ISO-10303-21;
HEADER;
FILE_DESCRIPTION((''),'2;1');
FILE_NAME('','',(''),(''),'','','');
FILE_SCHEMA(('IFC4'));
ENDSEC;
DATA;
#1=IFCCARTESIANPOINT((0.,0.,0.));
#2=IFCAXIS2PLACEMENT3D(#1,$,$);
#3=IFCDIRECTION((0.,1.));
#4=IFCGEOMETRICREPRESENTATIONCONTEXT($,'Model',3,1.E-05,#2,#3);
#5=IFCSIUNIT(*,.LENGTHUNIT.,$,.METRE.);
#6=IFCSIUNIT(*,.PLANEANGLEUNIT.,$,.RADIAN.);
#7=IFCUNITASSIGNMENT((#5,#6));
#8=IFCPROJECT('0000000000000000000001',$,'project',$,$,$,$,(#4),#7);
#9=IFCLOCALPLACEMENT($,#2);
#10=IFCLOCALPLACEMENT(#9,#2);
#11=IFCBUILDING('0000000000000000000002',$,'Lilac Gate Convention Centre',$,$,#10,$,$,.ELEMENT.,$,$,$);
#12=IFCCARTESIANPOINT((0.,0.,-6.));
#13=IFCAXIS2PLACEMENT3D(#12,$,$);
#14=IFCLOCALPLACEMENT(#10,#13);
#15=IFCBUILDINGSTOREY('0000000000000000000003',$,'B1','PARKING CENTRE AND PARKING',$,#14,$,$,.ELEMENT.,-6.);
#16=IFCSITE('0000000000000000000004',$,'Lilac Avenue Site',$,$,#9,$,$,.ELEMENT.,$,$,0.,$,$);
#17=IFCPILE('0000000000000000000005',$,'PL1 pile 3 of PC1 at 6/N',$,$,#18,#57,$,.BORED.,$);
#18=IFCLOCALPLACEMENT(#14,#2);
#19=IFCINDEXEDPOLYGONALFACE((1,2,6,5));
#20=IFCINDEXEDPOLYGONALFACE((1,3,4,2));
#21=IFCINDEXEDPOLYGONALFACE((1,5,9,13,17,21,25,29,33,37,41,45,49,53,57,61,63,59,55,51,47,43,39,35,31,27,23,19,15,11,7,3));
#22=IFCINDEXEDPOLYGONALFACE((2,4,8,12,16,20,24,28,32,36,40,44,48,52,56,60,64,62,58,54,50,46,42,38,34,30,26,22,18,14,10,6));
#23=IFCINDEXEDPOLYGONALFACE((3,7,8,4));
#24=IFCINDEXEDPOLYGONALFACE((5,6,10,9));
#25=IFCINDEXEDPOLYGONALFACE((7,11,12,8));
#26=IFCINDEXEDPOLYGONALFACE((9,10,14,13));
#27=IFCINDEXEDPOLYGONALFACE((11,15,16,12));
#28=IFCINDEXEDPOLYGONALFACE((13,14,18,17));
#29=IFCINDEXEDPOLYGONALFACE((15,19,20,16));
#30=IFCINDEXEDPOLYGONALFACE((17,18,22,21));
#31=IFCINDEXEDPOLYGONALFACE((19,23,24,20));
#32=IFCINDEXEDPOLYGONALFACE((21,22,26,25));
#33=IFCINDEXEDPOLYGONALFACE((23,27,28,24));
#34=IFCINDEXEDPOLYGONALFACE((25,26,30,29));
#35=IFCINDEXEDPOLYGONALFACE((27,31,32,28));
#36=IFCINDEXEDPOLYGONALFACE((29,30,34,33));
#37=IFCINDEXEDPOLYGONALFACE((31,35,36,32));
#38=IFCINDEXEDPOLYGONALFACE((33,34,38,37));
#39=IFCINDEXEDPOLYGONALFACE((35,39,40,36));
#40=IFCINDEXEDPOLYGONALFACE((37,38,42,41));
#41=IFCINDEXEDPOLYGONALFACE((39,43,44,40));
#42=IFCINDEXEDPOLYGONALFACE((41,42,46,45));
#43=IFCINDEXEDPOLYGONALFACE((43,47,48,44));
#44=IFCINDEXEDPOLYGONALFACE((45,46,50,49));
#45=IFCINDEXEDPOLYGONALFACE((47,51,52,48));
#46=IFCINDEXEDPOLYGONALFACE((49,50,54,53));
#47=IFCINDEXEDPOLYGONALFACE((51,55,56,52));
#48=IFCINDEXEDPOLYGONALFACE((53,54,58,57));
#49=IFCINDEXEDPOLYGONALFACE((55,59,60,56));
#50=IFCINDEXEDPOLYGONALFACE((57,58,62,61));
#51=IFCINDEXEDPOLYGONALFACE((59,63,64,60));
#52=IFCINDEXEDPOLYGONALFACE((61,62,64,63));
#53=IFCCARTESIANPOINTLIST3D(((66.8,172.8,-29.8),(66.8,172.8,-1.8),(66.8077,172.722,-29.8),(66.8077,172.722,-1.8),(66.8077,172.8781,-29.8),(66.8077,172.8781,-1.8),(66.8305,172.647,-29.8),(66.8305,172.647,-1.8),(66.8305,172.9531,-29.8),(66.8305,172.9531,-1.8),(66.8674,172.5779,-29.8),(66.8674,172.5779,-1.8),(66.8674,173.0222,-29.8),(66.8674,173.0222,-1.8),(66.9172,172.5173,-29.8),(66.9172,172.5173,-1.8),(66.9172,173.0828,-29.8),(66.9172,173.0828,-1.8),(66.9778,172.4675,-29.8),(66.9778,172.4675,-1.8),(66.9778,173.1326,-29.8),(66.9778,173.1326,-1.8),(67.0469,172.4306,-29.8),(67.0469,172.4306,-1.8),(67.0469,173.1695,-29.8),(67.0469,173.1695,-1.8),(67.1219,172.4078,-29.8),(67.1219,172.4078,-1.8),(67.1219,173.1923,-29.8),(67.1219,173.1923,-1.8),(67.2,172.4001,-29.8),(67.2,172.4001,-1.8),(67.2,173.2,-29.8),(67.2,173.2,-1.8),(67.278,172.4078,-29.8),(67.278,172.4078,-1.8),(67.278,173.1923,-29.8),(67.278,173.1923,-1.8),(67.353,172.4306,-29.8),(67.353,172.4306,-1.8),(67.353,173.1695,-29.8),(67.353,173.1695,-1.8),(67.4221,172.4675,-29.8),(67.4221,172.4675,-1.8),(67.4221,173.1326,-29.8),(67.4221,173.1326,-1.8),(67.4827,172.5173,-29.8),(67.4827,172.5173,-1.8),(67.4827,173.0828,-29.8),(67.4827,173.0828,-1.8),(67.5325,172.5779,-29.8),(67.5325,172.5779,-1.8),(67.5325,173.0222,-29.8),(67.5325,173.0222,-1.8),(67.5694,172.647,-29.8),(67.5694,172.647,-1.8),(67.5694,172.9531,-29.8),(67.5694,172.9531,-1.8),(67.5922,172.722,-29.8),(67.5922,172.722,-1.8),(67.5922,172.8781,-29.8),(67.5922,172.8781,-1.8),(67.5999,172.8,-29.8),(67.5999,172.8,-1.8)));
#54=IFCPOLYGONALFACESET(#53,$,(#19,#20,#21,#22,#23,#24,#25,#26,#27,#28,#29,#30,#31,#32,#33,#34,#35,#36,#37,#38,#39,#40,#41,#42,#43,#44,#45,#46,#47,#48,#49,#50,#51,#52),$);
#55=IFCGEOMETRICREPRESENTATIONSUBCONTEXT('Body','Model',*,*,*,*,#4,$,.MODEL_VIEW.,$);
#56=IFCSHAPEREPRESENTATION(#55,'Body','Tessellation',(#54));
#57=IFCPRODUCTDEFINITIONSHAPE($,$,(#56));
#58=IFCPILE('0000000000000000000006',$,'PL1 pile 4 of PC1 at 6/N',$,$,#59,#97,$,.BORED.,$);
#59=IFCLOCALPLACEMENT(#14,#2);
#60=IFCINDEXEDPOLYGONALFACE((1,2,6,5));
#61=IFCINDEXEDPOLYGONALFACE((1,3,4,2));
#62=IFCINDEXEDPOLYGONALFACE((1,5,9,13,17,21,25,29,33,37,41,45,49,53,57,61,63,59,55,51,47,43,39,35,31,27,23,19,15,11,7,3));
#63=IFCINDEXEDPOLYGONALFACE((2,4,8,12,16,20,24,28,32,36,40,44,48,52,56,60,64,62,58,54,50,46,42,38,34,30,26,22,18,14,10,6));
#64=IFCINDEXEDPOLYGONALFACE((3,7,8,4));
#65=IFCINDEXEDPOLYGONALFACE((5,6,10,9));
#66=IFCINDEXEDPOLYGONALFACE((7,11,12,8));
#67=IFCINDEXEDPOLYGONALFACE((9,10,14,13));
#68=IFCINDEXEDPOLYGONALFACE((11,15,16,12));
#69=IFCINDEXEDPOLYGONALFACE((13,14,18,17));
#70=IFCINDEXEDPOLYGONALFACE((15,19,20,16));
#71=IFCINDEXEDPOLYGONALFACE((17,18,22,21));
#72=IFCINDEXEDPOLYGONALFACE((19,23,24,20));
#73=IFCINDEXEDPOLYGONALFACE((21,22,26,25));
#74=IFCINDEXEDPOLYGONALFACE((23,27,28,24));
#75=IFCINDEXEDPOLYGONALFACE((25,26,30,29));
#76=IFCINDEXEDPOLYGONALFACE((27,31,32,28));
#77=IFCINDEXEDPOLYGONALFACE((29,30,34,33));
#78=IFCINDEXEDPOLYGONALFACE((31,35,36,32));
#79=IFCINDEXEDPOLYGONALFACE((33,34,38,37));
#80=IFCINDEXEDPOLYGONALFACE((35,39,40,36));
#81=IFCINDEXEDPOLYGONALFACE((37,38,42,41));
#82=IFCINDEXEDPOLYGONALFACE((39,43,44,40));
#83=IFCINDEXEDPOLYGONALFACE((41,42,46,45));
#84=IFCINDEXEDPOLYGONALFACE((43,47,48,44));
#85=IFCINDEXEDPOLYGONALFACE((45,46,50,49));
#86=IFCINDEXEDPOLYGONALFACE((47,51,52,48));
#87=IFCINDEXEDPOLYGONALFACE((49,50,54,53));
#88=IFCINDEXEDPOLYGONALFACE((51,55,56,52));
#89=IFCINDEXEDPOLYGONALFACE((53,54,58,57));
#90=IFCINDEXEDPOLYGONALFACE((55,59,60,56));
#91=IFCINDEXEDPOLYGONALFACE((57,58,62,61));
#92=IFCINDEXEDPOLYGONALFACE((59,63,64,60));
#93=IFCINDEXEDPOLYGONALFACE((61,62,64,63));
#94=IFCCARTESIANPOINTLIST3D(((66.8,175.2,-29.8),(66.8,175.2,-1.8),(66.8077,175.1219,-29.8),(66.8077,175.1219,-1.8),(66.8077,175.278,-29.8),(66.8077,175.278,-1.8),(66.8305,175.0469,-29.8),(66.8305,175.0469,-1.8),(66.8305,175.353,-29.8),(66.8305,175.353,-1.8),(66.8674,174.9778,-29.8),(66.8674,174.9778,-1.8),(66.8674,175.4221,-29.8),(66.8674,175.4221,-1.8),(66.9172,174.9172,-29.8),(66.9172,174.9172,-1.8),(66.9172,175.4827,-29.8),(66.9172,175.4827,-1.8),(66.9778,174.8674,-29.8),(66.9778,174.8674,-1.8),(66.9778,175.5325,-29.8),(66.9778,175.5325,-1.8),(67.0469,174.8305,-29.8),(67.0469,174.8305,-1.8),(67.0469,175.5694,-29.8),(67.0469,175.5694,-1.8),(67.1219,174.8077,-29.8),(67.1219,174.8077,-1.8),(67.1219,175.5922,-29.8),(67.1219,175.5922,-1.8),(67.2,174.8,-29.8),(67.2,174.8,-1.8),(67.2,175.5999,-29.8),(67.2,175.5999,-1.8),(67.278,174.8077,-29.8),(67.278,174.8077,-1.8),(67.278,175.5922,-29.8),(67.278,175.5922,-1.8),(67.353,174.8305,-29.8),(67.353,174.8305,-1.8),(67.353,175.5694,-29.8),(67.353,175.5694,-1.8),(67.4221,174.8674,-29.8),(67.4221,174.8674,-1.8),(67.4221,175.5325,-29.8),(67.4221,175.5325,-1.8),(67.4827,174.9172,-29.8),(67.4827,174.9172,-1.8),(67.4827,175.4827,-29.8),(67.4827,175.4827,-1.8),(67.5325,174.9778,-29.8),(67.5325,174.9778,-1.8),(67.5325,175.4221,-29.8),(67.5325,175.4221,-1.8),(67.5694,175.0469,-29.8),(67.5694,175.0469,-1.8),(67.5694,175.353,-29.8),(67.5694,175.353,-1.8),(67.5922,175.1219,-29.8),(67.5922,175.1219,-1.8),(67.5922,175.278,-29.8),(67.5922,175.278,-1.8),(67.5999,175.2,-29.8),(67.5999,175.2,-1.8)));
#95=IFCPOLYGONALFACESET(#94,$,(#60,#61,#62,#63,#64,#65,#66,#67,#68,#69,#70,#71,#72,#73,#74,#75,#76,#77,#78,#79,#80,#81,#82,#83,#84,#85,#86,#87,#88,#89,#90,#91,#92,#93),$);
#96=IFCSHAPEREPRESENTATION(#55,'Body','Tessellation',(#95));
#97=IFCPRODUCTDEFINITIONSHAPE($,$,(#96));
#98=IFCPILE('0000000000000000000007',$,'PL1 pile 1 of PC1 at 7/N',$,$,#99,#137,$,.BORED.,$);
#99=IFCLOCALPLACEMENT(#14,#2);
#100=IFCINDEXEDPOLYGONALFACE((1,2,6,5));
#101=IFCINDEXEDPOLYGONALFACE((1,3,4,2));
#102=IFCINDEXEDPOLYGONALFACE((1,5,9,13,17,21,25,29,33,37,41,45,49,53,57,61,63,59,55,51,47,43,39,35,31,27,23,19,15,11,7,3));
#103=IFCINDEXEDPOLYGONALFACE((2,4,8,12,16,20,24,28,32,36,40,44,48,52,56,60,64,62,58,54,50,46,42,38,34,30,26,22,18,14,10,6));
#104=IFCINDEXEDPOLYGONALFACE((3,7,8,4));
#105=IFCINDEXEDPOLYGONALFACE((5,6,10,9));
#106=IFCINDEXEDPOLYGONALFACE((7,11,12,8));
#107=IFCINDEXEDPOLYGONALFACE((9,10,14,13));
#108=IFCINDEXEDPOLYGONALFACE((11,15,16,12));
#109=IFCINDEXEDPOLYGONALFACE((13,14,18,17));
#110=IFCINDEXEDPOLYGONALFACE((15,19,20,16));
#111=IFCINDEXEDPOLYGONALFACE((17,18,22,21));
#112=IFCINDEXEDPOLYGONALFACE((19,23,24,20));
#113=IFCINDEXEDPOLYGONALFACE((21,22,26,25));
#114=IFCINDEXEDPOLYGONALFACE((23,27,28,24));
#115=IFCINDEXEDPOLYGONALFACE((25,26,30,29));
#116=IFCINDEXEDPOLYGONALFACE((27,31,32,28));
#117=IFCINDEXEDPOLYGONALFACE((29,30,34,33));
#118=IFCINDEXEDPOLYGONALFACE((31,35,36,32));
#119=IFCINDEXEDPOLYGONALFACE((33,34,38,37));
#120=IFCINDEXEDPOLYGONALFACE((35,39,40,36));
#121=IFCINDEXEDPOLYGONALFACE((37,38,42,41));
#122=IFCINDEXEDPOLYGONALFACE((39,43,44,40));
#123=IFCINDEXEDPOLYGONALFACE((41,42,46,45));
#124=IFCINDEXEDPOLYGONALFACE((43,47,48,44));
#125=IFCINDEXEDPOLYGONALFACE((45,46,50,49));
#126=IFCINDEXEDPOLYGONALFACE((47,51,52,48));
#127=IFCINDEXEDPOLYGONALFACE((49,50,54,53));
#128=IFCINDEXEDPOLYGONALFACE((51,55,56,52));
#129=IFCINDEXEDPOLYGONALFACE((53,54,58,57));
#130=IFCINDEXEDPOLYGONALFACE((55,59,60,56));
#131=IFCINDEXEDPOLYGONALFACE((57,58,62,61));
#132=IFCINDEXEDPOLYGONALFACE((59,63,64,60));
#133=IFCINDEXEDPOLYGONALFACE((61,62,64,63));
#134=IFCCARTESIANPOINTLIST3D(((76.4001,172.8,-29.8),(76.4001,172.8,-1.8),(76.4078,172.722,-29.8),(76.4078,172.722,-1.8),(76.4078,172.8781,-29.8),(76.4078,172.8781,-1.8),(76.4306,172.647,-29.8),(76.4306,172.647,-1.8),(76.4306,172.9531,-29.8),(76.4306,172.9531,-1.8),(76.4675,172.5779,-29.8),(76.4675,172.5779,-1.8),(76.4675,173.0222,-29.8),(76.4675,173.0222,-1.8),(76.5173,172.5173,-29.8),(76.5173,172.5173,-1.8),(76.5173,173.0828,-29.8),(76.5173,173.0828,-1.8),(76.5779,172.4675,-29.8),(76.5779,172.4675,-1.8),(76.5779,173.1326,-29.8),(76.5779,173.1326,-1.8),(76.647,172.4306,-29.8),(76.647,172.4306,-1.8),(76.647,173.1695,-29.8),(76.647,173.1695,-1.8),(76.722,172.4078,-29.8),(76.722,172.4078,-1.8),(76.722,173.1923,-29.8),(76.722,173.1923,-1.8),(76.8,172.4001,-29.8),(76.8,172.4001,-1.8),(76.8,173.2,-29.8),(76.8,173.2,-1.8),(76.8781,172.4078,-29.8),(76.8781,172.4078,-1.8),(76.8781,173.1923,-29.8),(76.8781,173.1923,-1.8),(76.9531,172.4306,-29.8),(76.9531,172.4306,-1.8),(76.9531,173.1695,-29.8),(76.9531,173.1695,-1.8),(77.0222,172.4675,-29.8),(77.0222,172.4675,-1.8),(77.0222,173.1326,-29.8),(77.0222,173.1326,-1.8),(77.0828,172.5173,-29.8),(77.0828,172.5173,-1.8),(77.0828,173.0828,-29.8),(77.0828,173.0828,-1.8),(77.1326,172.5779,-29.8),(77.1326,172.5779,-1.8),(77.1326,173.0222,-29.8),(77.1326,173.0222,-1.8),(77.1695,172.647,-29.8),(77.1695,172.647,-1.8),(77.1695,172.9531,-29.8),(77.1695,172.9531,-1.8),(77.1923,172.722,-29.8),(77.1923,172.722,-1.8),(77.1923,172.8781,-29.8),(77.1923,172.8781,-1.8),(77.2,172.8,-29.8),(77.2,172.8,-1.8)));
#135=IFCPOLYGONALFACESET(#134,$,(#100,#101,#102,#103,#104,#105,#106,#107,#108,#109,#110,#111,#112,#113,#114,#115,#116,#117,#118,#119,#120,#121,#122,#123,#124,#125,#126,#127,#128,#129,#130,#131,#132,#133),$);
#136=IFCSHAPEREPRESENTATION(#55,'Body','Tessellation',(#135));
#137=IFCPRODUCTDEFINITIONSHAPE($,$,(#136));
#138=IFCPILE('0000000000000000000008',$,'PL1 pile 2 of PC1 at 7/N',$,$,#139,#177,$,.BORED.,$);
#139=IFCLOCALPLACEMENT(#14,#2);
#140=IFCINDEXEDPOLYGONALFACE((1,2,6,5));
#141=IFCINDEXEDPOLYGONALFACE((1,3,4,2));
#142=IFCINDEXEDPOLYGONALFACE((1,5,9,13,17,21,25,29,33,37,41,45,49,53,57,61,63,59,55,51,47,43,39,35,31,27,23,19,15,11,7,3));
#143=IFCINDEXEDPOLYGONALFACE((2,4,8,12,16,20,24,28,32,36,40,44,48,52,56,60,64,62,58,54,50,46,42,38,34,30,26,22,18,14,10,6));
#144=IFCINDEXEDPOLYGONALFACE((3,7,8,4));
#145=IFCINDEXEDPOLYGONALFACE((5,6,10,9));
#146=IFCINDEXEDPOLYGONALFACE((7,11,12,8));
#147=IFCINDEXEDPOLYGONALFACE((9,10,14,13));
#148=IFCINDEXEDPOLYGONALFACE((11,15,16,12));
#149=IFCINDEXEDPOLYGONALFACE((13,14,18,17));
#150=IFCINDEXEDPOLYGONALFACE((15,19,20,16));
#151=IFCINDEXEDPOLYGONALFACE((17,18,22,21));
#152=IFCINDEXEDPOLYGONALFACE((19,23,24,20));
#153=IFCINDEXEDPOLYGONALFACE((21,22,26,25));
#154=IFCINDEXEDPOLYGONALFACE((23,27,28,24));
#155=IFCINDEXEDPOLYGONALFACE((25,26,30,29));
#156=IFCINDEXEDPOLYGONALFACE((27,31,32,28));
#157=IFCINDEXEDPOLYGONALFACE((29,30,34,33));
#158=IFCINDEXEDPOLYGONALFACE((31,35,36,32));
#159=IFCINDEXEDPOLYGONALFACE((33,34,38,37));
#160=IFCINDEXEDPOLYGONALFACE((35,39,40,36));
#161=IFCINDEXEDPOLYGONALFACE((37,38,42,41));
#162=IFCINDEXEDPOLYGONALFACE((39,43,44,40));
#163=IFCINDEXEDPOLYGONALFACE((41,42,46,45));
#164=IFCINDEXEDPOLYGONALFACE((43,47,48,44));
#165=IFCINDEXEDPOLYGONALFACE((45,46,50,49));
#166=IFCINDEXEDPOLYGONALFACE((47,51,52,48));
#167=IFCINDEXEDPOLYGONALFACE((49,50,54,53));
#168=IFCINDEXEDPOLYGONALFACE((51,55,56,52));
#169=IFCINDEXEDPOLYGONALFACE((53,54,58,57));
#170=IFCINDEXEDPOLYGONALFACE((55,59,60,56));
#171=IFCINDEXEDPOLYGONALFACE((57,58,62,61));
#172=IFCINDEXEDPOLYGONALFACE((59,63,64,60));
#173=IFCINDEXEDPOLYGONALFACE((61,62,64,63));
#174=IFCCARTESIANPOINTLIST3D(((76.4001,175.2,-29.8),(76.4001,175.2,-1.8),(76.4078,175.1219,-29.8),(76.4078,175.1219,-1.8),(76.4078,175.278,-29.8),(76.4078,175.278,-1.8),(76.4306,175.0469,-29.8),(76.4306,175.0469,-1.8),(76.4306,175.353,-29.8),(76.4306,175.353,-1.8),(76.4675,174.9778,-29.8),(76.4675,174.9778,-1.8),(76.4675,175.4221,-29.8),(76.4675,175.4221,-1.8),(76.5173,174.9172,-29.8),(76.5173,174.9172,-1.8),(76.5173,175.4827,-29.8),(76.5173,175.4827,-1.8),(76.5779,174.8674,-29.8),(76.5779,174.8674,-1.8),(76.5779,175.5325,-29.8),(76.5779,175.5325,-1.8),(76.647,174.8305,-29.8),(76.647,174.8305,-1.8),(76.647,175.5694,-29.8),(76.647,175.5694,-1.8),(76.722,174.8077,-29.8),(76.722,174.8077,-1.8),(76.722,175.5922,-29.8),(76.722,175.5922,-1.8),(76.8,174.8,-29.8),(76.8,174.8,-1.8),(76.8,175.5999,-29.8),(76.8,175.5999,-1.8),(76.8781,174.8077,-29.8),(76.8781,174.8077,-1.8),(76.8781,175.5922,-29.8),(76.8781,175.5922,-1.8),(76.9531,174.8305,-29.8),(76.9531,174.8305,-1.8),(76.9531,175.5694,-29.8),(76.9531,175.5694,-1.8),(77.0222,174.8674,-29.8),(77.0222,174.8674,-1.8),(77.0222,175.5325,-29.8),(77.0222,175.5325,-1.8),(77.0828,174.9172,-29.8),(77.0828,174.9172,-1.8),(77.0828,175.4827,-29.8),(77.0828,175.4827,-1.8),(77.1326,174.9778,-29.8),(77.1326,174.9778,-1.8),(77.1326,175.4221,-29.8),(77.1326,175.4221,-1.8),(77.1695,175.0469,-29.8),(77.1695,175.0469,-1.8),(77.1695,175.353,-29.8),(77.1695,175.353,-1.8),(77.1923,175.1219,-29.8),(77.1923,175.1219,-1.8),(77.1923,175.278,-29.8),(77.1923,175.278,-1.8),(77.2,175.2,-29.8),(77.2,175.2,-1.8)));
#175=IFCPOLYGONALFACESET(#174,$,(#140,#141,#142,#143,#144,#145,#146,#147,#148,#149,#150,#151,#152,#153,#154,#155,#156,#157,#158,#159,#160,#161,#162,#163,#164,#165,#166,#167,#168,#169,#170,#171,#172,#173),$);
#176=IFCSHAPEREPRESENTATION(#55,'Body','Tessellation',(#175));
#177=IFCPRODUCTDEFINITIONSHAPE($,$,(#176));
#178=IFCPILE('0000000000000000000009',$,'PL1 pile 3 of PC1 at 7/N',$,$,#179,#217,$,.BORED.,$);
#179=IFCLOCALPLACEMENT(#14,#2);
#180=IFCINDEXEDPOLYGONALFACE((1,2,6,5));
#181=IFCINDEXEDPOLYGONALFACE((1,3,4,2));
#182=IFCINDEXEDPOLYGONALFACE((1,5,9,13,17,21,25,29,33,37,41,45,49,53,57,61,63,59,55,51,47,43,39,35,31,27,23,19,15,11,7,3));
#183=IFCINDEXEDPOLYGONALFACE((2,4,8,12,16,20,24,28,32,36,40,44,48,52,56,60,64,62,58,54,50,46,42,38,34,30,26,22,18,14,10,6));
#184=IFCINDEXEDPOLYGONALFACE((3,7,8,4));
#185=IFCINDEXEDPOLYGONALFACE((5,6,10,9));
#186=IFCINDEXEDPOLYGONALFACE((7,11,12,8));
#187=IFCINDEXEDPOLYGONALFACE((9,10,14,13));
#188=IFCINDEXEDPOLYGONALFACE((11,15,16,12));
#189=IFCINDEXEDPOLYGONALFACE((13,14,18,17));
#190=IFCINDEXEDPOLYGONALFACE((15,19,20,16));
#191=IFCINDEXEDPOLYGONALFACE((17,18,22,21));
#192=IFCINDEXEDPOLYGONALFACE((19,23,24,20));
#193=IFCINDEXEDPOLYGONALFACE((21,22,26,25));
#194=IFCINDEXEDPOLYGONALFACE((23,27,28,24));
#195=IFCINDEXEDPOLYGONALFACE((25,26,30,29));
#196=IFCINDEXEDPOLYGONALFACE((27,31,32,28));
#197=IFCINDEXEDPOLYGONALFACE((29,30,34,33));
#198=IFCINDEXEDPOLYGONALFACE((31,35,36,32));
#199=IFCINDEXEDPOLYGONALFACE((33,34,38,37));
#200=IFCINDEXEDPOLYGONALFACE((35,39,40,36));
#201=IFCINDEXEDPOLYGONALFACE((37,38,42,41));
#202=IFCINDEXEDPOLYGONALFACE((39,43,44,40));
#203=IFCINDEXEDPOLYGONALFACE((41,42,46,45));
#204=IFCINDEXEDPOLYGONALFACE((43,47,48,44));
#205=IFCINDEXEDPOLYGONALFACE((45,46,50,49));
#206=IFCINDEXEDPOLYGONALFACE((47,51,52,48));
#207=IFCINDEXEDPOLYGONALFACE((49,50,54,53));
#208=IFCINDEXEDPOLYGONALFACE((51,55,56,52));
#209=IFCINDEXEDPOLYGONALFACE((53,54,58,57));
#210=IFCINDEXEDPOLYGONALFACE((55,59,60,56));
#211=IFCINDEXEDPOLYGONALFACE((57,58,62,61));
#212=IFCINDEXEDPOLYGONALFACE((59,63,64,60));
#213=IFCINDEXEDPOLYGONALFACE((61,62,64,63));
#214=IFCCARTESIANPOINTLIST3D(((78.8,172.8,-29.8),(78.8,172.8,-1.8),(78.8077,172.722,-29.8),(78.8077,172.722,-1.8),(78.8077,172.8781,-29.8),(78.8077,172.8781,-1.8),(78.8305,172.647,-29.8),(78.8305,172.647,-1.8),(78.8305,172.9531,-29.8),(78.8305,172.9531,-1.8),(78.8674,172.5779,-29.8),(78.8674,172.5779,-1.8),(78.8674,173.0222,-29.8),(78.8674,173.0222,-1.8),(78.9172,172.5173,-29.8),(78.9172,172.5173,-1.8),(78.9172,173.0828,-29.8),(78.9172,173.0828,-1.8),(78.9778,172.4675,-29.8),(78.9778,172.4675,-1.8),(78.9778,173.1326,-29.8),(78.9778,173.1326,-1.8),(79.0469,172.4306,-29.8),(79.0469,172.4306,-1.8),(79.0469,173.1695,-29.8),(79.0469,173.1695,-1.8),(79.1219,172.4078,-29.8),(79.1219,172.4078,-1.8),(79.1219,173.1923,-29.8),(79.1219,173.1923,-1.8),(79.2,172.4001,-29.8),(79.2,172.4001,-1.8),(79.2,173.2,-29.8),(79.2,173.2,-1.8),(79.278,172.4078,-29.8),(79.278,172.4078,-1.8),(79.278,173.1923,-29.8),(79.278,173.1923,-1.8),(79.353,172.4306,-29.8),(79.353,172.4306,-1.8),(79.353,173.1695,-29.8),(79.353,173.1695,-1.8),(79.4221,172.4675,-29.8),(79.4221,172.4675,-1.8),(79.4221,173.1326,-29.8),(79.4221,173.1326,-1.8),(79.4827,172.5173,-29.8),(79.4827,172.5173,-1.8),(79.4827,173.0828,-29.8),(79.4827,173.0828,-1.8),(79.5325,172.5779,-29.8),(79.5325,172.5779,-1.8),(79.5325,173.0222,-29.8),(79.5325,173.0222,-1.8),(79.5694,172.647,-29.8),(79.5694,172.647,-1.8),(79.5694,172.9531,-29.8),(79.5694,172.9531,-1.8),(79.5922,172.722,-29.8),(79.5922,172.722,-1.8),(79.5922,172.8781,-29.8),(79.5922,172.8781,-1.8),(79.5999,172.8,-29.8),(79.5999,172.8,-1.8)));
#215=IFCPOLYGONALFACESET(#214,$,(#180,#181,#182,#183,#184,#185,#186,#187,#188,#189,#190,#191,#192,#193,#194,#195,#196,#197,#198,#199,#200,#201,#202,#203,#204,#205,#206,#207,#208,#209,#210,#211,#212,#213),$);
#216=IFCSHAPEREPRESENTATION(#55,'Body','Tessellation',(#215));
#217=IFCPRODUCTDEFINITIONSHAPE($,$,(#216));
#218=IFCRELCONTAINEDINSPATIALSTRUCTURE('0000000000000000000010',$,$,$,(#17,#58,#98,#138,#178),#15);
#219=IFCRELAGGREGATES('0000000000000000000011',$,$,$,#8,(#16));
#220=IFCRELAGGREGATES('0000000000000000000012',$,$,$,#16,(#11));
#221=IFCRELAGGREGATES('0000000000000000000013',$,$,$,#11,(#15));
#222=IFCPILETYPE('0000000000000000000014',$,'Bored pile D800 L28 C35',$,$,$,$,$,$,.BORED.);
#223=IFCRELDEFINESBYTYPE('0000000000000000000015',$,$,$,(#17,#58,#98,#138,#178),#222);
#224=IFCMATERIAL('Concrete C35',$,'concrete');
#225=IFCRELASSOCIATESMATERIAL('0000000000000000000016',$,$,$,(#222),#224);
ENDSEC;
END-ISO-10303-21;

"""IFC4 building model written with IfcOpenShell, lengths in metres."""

from ifc_helpers import new_model, si_unit, direction, frame, origin, origin_2d, place, context, subcontext, project, spatial, circle, extrude, material, material_profile, profile_set, type_object, element, save


model = new_model("IFC4")

# Units and contexts
model_context = context("Model", 3, precision=1e-05, world=origin(), true_north=direction((0.0, 1.0)))
body_context = subcontext(model_context, "Body", "Model", "MODEL_VIEW")
ifc_project = project(units=[si_unit("LENGTHUNIT", "METRE"), si_unit("PLANEANGLEUNIT", "RADIAN")], contexts=[model_context])

# Site, building, storey
site_placement = place(None, origin())
site = spatial("IfcSite", under=ifc_project, at=site_placement, Name="Lilac Avenue Site", CompositionType="ELEMENT", RefElevation=0.0)
building_placement = place(site_placement, origin())
building = spatial("IfcBuilding", under=site, at=building_placement, Name="Lilac Gate Convention Centre", CompositionType="ELEMENT")
storey_placement = place(building_placement, frame((0.0, 0.0, -6.0)))
storey = spatial("IfcBuildingStorey", under=building, at=storey_placement, Name="B1", Description="PARKING CENTRE AND PARKING", CompositionType="ELEMENT", Elevation=-6.0)

# Piles
ifc_material_1 = material(Name="Concrete C35", Category="concrete")
ifc_material_profile_1 = material_profile(ifc_material_1, circle(Radius=0.3999, at=origin_2d()), Name="D800")
ifc_profile_set_1 = profile_set([ifc_material_profile_1], Name="Concrete C35")
pile_type = type_object("IfcPileType", Name="Bored pile D800 L28 C35", PredefinedType="BORED", material=ifc_profile_set_1)
for number, where, z_axis, x_axis, name in (
    (1, (67.2, 172.8, -1.8), (0.0, 0.0, -1.0), (1.0, 0.0, 0.0), "PL1 pile 3 of PC1 at 6/N"),
    (2, (67.2, 175.2, -1.8), (0.0, 0.0, -1.0), (1.0, 0.0, 0.0), "PL1 pile 4 of PC1 at 6/N"),
    (3, (76.8, 172.8, -1.8), (0.0, 0.0, -1.0), (1.0, 0.0, 0.0), "PL1 pile 1 of PC1 at 7/N"),
    (4, (76.8, 175.2, -1.8), (0.0, 0.0, -1.0), (1.0, 0.0, 0.0), "PL1 pile 2 of PC1 at 7/N"),
    (5, (79.2, 172.8, -1.8), (0.0, 0.0, -1.0), (1.0, 0.0, 0.0), "PL1 pile 3 of PC1 at 7/N"),
):
    element("IfcPile", number, at=place(storey_placement, frame(where, z_axis=z_axis, x_axis=x_axis)), inside=storey, type_object=pile_type, Name=name, PredefinedType="BORED", context=body_context, shape_type="SweptSolid", body=[
        extrude(circle(Radius=0.3999, at=origin_2d()), origin(), (0.0, 0.0, 1.0), 28.0),
    ])

save(model, "model.ifc")
